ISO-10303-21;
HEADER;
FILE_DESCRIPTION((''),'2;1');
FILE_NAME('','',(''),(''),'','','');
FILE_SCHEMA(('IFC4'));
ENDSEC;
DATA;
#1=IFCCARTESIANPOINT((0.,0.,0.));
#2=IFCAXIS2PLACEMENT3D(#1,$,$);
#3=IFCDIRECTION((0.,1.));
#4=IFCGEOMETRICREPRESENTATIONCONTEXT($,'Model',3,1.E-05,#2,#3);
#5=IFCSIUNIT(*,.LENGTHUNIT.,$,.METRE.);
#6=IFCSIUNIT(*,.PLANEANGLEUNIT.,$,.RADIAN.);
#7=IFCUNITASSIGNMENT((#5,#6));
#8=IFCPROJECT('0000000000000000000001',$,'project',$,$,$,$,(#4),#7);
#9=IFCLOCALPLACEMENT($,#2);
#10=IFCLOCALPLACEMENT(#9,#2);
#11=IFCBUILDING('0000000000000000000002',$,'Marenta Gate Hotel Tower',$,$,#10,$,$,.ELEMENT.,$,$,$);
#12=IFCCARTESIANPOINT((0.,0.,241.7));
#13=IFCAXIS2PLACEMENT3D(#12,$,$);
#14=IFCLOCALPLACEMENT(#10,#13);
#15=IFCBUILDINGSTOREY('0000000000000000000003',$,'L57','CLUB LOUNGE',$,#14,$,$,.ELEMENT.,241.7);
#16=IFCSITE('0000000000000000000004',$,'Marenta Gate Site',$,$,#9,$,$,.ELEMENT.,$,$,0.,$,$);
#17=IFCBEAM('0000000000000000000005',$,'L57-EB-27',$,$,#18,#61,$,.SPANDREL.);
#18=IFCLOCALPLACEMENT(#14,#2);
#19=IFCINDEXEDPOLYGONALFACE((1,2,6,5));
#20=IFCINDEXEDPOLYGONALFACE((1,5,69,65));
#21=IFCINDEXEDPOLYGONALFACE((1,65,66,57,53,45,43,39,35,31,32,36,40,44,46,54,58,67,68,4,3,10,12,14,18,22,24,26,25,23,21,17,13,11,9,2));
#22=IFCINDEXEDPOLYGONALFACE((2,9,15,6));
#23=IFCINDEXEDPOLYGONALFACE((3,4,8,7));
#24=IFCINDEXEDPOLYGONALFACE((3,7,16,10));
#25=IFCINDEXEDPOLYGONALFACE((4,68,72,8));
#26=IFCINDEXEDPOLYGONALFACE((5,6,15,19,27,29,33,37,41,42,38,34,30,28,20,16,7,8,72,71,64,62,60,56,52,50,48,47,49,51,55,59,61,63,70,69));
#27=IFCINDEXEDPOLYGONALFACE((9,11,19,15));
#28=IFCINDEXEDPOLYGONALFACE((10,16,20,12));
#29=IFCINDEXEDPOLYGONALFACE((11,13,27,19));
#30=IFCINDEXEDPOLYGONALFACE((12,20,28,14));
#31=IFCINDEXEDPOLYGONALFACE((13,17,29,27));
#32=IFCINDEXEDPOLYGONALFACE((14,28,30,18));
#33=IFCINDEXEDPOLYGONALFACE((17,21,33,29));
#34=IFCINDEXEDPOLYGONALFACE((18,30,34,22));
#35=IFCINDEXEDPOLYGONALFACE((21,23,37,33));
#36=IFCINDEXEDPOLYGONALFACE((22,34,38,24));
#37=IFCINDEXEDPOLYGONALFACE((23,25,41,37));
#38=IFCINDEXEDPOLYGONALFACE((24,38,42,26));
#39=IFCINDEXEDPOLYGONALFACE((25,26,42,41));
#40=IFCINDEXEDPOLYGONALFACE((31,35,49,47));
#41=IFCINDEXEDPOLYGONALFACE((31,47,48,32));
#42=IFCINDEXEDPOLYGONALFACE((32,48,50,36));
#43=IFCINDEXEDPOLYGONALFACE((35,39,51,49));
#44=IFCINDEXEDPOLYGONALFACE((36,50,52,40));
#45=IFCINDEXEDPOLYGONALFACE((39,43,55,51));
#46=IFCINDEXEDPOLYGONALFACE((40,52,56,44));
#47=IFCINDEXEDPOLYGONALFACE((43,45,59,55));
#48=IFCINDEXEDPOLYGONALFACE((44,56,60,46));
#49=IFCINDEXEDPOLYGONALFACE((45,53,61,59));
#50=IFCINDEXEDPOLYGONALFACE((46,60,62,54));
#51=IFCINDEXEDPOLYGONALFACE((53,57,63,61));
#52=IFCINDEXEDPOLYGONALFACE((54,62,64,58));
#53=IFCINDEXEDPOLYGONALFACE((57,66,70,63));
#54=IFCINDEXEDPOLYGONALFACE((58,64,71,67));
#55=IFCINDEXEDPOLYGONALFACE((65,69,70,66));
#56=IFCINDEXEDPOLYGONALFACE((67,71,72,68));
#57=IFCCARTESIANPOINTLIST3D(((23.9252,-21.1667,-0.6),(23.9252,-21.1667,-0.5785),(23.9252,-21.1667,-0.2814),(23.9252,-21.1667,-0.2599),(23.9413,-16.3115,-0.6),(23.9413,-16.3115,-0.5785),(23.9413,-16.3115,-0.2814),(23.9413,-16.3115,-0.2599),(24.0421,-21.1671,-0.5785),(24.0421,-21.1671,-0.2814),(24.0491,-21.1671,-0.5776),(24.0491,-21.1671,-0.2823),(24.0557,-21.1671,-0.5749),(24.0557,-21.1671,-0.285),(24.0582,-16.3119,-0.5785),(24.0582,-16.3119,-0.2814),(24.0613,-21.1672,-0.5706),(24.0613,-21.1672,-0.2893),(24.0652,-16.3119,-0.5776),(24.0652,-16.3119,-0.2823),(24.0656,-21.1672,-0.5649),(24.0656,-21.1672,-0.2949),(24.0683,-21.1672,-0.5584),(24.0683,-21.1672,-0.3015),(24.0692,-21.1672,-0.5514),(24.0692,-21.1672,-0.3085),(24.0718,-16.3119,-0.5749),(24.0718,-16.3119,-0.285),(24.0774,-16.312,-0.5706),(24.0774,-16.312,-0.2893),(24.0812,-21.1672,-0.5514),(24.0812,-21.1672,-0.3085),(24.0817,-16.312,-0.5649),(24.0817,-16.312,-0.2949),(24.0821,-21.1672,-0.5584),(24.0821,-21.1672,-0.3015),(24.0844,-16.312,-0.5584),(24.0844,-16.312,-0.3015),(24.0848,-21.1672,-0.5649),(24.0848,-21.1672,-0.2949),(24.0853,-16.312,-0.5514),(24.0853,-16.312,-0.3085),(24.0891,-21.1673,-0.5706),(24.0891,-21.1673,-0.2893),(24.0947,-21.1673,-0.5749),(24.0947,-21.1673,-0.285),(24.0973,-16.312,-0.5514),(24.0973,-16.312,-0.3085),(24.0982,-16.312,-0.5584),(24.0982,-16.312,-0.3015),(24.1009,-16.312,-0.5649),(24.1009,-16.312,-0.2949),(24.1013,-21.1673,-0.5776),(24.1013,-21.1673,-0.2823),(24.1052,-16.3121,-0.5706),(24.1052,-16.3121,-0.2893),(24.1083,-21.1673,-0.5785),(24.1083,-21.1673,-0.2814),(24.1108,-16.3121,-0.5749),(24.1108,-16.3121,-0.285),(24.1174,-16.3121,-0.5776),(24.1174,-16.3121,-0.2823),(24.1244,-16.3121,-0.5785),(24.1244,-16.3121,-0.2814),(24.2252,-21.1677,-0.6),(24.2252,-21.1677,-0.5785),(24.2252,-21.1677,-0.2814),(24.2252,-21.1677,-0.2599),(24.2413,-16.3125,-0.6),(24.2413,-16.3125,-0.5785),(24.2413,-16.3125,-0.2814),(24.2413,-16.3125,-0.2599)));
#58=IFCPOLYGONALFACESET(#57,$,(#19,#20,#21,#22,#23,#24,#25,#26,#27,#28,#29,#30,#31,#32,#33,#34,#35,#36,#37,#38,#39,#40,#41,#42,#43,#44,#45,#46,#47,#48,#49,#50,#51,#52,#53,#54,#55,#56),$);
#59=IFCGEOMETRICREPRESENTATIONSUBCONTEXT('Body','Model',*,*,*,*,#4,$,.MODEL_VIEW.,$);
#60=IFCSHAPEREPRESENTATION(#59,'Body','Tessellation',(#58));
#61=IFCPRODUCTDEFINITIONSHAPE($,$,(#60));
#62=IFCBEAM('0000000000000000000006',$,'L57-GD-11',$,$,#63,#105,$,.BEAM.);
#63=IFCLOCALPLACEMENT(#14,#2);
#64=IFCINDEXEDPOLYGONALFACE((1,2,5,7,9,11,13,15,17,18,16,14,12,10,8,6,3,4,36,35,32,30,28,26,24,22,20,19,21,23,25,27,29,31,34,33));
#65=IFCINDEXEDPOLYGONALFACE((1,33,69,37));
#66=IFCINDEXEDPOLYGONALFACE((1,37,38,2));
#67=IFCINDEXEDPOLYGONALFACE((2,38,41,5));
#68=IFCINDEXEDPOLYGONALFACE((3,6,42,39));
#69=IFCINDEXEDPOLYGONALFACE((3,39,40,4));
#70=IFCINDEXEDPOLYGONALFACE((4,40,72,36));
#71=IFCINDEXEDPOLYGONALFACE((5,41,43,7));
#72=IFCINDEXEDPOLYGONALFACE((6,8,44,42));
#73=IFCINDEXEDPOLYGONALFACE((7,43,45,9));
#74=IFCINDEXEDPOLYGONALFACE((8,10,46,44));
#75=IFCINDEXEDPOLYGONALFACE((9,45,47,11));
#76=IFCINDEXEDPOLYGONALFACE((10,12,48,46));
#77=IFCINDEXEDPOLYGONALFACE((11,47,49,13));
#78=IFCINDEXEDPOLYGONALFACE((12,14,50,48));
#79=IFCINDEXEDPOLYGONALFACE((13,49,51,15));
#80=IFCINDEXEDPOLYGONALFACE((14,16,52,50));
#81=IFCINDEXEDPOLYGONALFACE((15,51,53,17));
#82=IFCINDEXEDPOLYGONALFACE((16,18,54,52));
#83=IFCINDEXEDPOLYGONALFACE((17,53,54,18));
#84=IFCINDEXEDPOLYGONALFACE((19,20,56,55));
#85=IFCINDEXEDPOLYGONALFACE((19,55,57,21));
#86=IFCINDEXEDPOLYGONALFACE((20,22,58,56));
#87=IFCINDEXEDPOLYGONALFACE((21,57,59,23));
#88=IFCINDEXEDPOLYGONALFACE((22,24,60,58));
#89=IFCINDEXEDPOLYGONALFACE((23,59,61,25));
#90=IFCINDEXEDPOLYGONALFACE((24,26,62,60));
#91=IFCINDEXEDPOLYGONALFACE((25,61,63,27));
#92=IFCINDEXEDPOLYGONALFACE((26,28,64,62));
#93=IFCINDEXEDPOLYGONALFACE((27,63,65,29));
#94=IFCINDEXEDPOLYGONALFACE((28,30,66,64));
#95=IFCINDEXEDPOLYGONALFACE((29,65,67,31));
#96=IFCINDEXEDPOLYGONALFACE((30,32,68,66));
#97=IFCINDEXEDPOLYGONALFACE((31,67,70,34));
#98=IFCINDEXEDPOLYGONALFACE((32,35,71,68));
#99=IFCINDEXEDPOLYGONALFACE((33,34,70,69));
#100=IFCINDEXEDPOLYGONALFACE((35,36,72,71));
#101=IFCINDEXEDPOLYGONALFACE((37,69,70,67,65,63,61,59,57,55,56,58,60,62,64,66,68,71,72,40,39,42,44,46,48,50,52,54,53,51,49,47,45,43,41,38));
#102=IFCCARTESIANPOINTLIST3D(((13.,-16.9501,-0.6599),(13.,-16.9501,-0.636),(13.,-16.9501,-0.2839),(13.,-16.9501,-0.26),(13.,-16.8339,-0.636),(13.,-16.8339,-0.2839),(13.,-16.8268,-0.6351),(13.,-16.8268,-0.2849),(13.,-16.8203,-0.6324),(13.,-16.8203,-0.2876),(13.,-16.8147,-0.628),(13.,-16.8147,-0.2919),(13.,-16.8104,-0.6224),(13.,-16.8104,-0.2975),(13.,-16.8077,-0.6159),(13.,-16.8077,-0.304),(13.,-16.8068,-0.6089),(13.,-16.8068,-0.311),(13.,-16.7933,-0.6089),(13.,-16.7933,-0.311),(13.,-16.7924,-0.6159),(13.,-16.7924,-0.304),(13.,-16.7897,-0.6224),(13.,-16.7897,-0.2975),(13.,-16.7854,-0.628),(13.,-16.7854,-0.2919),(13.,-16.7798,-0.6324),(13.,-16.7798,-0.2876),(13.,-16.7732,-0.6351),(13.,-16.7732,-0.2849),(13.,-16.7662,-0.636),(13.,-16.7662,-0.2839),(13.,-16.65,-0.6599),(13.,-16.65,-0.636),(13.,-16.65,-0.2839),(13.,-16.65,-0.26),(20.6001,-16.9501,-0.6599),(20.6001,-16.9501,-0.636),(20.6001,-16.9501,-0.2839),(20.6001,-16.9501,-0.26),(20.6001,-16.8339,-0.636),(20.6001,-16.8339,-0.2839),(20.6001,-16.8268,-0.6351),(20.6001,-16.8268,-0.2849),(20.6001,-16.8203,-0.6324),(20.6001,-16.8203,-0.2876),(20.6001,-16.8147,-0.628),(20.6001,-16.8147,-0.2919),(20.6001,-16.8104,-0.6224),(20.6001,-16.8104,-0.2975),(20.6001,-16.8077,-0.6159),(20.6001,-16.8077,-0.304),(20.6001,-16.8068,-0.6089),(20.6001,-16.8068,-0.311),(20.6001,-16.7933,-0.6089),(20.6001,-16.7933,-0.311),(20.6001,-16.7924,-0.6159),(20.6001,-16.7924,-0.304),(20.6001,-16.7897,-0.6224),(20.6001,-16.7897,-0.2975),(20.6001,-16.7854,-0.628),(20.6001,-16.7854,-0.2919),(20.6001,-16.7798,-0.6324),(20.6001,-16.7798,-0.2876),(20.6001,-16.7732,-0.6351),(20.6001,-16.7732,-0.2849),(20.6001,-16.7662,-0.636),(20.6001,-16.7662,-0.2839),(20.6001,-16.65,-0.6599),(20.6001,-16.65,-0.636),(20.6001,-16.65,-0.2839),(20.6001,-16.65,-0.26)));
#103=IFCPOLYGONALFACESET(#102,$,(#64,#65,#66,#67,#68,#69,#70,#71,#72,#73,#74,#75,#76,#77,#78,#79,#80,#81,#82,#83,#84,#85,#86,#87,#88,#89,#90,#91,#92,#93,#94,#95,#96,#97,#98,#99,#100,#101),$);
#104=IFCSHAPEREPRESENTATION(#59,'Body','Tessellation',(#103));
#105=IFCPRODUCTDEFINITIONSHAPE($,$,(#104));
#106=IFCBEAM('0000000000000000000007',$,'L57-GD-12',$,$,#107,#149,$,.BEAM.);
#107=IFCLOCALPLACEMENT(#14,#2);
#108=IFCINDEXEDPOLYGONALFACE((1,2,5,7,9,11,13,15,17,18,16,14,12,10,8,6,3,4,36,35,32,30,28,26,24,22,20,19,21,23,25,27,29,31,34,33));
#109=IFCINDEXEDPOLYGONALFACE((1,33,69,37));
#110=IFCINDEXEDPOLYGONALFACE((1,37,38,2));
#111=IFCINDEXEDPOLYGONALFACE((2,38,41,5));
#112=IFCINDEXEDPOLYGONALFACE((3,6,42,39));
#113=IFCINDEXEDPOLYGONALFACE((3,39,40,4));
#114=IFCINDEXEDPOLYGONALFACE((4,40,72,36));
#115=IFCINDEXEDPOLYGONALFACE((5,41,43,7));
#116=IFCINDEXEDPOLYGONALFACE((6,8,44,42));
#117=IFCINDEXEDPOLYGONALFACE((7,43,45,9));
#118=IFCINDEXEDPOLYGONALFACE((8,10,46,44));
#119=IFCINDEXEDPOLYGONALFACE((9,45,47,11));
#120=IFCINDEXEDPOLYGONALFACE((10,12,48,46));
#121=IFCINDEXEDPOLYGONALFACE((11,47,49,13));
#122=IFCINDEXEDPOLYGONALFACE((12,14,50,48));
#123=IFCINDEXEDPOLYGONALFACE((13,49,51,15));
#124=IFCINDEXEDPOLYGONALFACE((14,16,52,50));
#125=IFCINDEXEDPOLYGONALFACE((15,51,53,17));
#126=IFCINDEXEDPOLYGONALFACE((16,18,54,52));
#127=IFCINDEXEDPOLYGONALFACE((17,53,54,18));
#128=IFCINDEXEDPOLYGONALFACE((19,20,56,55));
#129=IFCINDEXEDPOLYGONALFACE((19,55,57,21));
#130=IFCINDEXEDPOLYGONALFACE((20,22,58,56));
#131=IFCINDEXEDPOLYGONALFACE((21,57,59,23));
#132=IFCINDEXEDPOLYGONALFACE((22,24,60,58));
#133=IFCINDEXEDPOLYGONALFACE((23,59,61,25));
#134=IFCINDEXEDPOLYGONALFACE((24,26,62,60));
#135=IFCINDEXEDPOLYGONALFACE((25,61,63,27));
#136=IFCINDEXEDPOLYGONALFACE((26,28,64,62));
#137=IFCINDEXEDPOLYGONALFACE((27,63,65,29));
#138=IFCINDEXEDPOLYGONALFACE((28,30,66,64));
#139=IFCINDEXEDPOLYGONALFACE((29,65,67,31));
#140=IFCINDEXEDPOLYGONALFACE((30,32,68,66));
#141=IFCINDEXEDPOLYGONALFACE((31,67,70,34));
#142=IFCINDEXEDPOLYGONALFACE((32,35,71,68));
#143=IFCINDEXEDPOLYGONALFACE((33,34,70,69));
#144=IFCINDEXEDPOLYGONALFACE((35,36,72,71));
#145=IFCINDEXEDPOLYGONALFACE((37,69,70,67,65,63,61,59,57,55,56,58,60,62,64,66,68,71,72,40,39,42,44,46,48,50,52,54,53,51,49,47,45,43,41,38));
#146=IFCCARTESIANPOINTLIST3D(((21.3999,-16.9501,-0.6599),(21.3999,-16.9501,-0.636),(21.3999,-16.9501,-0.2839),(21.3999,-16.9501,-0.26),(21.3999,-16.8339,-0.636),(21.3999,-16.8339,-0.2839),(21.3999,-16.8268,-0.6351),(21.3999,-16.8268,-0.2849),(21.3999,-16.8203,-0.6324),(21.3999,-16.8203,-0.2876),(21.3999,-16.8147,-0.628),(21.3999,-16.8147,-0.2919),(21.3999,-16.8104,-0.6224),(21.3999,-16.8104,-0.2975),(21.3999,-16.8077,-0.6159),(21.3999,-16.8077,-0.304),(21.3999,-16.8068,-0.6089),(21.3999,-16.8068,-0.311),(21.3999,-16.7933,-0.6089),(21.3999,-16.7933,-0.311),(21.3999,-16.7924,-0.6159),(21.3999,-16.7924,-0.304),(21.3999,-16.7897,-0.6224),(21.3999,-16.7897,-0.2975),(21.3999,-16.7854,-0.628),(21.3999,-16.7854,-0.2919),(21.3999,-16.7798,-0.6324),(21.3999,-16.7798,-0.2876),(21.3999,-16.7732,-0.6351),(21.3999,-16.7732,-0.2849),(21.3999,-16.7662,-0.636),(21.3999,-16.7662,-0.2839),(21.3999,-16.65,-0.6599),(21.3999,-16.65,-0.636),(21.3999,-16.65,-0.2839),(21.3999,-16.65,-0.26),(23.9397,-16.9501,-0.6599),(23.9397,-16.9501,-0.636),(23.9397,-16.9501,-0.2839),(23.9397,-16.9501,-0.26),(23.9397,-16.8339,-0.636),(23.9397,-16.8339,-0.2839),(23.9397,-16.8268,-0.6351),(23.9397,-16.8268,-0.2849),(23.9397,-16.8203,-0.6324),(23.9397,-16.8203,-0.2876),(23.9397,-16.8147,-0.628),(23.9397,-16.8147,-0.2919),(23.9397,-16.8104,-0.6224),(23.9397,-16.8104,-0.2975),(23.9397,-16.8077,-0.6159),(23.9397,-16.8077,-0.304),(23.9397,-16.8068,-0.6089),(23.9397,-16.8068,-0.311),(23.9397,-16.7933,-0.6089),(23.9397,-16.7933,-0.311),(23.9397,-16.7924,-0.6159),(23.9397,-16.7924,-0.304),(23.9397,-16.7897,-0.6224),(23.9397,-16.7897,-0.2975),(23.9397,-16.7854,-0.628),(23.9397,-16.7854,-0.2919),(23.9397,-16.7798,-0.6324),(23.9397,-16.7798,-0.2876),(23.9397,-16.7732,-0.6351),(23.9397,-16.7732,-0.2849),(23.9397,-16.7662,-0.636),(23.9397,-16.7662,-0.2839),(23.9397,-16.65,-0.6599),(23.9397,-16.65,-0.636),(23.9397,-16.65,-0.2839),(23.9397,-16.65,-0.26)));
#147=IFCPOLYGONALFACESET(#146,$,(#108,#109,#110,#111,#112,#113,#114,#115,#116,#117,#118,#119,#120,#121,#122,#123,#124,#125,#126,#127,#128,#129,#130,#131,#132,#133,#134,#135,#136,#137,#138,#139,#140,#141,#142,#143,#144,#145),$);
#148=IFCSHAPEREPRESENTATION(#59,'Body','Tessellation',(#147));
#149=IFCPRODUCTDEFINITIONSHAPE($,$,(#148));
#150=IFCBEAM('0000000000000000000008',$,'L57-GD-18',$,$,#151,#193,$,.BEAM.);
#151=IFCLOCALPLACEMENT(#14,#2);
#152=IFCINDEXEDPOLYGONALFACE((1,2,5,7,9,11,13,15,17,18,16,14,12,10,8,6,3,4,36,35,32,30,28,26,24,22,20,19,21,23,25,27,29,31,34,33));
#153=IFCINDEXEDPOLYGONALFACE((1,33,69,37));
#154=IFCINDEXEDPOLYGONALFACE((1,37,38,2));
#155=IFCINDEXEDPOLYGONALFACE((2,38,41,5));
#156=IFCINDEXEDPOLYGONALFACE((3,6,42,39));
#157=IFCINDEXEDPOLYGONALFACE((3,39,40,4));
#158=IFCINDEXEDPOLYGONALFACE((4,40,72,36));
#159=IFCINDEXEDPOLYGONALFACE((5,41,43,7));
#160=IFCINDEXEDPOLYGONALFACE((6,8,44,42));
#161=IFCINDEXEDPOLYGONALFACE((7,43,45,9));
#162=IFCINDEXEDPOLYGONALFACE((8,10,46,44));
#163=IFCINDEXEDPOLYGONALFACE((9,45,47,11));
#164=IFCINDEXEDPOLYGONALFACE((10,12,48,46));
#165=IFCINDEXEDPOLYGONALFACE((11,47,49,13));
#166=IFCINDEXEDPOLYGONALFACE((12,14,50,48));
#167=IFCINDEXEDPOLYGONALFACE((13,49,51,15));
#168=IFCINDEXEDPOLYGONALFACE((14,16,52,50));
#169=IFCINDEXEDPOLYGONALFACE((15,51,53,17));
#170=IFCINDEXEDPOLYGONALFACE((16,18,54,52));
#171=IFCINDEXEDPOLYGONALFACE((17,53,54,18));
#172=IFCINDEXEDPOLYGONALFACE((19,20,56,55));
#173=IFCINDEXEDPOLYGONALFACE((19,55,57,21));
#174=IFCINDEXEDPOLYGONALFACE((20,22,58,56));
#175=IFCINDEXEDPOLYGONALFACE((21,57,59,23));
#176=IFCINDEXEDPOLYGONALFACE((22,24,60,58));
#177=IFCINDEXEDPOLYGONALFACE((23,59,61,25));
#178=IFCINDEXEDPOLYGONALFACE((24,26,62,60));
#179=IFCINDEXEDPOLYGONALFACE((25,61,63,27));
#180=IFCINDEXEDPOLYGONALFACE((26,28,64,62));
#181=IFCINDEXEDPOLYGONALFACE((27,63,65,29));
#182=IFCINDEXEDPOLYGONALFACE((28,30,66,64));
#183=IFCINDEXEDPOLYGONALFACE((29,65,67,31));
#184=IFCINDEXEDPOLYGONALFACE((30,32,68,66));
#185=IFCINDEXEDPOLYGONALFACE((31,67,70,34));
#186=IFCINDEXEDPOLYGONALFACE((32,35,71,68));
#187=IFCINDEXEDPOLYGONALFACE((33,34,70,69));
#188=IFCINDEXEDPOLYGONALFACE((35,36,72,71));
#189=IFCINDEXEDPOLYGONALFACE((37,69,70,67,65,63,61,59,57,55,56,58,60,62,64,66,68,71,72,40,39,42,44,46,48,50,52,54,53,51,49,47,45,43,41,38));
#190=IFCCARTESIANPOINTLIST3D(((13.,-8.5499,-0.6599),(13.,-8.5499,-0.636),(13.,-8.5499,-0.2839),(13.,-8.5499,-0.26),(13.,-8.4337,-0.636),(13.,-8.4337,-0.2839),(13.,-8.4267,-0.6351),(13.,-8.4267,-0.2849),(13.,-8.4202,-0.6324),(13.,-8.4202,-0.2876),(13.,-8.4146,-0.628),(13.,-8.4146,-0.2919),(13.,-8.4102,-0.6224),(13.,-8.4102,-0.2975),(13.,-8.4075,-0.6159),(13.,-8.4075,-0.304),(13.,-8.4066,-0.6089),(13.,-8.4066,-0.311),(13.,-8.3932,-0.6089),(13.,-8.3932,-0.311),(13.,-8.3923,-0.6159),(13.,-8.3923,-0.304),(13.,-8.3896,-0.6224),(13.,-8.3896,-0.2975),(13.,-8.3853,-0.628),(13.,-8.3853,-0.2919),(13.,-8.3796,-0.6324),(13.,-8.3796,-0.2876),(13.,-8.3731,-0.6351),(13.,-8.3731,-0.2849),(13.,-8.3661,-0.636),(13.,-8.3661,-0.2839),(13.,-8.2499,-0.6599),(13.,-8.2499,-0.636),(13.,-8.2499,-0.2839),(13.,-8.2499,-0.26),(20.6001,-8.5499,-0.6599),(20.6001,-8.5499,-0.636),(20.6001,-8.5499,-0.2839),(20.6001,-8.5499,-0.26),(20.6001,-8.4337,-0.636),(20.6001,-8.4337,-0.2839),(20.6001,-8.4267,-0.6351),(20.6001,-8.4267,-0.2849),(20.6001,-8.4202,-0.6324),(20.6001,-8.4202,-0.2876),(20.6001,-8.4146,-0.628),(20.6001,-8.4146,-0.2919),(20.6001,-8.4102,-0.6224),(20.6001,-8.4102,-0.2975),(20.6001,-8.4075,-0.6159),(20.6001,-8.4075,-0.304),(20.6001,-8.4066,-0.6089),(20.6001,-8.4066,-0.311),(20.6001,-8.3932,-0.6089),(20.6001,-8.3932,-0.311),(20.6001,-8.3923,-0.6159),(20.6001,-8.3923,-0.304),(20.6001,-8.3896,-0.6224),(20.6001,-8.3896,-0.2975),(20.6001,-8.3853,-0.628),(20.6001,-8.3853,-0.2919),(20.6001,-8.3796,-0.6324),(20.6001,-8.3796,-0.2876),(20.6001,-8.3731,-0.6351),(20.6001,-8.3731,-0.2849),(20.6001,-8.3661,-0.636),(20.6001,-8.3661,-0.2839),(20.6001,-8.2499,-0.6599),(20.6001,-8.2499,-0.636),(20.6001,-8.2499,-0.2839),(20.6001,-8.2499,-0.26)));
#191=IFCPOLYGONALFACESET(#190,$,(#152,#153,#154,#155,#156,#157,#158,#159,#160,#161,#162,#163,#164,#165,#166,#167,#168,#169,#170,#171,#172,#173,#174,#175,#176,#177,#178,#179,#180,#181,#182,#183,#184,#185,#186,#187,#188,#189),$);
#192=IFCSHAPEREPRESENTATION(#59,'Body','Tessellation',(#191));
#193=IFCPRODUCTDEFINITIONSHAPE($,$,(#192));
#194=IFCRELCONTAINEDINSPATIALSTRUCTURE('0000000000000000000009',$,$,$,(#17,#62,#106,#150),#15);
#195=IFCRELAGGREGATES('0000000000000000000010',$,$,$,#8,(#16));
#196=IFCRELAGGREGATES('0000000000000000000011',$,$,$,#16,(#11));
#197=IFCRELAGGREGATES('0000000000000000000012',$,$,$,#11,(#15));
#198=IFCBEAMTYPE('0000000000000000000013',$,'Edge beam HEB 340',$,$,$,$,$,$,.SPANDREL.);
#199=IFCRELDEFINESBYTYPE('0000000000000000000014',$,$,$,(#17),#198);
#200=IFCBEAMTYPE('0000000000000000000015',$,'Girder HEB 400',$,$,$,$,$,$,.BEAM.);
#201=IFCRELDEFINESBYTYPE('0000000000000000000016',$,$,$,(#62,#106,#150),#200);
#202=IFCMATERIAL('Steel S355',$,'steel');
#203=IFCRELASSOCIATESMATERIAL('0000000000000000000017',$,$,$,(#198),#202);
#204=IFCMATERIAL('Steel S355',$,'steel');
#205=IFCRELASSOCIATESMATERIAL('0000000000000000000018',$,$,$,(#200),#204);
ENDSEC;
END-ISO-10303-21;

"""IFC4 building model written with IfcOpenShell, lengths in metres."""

from ifc_helpers import new_model, si_unit, direction, frame, origin, origin_2d, place, context, subcontext, project, spatial, i_section, extrude, material, material_profile, profile_set, type_object, element, save


model = new_model("IFC4")

# Units and contexts
model_context = context("Model", 3, precision=1e-05, world=origin(), true_north=direction((0.0, 1.0)))
body_context = subcontext(model_context, "Body", "Model", "MODEL_VIEW")
ifc_project = project(units=[si_unit("LENGTHUNIT", "METRE"), si_unit("PLANEANGLEUNIT", "RADIAN")], contexts=[model_context])

# Site, building, storey
site_placement = place(None, origin())
site = spatial("IfcSite", under=ifc_project, at=site_placement, Name="Marenta Gate Site", CompositionType="ELEMENT", RefElevation=0.0)
building_placement = place(site_placement, origin())
building = spatial("IfcBuilding", under=site, at=building_placement, Name="Marenta Gate Hotel Tower", CompositionType="ELEMENT")
storey_placement = place(building_placement, frame((0.0, 0.0, 241.7)))
storey = spatial("IfcBuildingStorey", under=building, at=storey_placement, Name="L57", Description="CLUB LOUNGE", CompositionType="ELEMENT", Elevation=241.7)

# Beams
ifc_material_1 = material(Name="Steel S355", Category="steel")
ifc_material_profile_1 = material_profile(ifc_material_1, i_section(OverallWidth=0.3, OverallDepth=0.3401, WebThickness=0.012, FlangeThickness=0.0215, FilletRadius=0.0271, at=origin_2d()), Name="HEB 340")
ifc_profile_set_1 = profile_set([ifc_material_profile_1], Name="Steel S355")
beam_type_1 = type_object("IfcBeamType", Name="Edge beam HEB 340", PredefinedType="SPANDREL", material=ifc_profile_set_1)
beam_1_placement = place(storey_placement, frame((24.0913, -16.312, -0.4299), z_axis=(-0.003319, -0.999994, 0.0), x_axis=(0.999994, -0.003319, 0.0)))
element("IfcBeam", 1, at=beam_1_placement, inside=storey, type_object=beam_type_1, Name="L57-EB-27", PredefinedType="SPANDREL", context=body_context, shape_type="SweptSolid", body=[
    extrude(i_section(OverallWidth=0.3, OverallDepth=0.3401, WebThickness=0.012, FlangeThickness=0.0215, FilletRadius=0.0271, at=origin_2d()), origin(), (0.0, 0.0, 1.0), 4.8552),
])
ifc_material_2 = material(Name="Steel S355", Category="steel")
ifc_material_profile_2 = material_profile(ifc_material_2, i_section(OverallWidth=0.3, OverallDepth=0.3999, WebThickness=0.0134, FlangeThickness=0.0239, FilletRadius=0.0271, at=origin_2d()), Name="HEB 400")
ifc_profile_set_2 = profile_set([ifc_material_profile_2], Name="Steel S355")
beam_type_2 = type_object("IfcBeamType", Name="Girder HEB 400", PredefinedType="BEAM", material=ifc_profile_set_2)
beam_2_placement = place(storey_placement, frame((13.0, -16.8, -0.46), z_axis=(1.0, 0.0, 0.0), x_axis=(0.0, 1.0, 0.0)))
element("IfcBeam", 2, at=beam_2_placement, inside=storey, type_object=beam_type_2, Name="L57-GD-11", PredefinedType="BEAM", context=body_context, shape_type="SweptSolid", body=[
    extrude(i_section(OverallWidth=0.3, OverallDepth=0.3999, WebThickness=0.0134, FlangeThickness=0.0239, FilletRadius=0.0271, at=origin_2d()), origin(), (0.0, 0.0, 1.0), 7.6001),
])
beam_3_placement = place(storey_placement, frame((21.3999, -16.8, -0.46), z_axis=(1.0, 0.0, 0.0), x_axis=(0.0, 1.0, 0.0)))
element("IfcBeam", 3, at=beam_3_placement, inside=storey, type_object=beam_type_2, Name="L57-GD-12", PredefinedType="BEAM", context=body_context, shape_type="SweptSolid", body=[
    extrude(i_section(OverallWidth=0.3, OverallDepth=0.3999, WebThickness=0.0134, FlangeThickness=0.0239, FilletRadius=0.0271, at=origin_2d()), origin(), (0.0, 0.0, 1.0), 2.5398),
])
beam_4_placement = place(storey_placement, frame((13.0, -8.3999, -0.46), z_axis=(1.0, 0.0, 0.0), x_axis=(0.0, 1.0, 0.0)))
element("IfcBeam", 4, at=beam_4_placement, inside=storey, type_object=beam_type_2, Name="L57-GD-18", PredefinedType="BEAM", context=body_context, shape_type="SweptSolid", body=[
    extrude(i_section(OverallWidth=0.3, OverallDepth=0.3999, WebThickness=0.0134, FlangeThickness=0.0239, FilletRadius=0.0271, at=origin_2d()), origin(), (0.0, 0.0, 1.0), 7.6001),
])

save(model, "model.ifc")
